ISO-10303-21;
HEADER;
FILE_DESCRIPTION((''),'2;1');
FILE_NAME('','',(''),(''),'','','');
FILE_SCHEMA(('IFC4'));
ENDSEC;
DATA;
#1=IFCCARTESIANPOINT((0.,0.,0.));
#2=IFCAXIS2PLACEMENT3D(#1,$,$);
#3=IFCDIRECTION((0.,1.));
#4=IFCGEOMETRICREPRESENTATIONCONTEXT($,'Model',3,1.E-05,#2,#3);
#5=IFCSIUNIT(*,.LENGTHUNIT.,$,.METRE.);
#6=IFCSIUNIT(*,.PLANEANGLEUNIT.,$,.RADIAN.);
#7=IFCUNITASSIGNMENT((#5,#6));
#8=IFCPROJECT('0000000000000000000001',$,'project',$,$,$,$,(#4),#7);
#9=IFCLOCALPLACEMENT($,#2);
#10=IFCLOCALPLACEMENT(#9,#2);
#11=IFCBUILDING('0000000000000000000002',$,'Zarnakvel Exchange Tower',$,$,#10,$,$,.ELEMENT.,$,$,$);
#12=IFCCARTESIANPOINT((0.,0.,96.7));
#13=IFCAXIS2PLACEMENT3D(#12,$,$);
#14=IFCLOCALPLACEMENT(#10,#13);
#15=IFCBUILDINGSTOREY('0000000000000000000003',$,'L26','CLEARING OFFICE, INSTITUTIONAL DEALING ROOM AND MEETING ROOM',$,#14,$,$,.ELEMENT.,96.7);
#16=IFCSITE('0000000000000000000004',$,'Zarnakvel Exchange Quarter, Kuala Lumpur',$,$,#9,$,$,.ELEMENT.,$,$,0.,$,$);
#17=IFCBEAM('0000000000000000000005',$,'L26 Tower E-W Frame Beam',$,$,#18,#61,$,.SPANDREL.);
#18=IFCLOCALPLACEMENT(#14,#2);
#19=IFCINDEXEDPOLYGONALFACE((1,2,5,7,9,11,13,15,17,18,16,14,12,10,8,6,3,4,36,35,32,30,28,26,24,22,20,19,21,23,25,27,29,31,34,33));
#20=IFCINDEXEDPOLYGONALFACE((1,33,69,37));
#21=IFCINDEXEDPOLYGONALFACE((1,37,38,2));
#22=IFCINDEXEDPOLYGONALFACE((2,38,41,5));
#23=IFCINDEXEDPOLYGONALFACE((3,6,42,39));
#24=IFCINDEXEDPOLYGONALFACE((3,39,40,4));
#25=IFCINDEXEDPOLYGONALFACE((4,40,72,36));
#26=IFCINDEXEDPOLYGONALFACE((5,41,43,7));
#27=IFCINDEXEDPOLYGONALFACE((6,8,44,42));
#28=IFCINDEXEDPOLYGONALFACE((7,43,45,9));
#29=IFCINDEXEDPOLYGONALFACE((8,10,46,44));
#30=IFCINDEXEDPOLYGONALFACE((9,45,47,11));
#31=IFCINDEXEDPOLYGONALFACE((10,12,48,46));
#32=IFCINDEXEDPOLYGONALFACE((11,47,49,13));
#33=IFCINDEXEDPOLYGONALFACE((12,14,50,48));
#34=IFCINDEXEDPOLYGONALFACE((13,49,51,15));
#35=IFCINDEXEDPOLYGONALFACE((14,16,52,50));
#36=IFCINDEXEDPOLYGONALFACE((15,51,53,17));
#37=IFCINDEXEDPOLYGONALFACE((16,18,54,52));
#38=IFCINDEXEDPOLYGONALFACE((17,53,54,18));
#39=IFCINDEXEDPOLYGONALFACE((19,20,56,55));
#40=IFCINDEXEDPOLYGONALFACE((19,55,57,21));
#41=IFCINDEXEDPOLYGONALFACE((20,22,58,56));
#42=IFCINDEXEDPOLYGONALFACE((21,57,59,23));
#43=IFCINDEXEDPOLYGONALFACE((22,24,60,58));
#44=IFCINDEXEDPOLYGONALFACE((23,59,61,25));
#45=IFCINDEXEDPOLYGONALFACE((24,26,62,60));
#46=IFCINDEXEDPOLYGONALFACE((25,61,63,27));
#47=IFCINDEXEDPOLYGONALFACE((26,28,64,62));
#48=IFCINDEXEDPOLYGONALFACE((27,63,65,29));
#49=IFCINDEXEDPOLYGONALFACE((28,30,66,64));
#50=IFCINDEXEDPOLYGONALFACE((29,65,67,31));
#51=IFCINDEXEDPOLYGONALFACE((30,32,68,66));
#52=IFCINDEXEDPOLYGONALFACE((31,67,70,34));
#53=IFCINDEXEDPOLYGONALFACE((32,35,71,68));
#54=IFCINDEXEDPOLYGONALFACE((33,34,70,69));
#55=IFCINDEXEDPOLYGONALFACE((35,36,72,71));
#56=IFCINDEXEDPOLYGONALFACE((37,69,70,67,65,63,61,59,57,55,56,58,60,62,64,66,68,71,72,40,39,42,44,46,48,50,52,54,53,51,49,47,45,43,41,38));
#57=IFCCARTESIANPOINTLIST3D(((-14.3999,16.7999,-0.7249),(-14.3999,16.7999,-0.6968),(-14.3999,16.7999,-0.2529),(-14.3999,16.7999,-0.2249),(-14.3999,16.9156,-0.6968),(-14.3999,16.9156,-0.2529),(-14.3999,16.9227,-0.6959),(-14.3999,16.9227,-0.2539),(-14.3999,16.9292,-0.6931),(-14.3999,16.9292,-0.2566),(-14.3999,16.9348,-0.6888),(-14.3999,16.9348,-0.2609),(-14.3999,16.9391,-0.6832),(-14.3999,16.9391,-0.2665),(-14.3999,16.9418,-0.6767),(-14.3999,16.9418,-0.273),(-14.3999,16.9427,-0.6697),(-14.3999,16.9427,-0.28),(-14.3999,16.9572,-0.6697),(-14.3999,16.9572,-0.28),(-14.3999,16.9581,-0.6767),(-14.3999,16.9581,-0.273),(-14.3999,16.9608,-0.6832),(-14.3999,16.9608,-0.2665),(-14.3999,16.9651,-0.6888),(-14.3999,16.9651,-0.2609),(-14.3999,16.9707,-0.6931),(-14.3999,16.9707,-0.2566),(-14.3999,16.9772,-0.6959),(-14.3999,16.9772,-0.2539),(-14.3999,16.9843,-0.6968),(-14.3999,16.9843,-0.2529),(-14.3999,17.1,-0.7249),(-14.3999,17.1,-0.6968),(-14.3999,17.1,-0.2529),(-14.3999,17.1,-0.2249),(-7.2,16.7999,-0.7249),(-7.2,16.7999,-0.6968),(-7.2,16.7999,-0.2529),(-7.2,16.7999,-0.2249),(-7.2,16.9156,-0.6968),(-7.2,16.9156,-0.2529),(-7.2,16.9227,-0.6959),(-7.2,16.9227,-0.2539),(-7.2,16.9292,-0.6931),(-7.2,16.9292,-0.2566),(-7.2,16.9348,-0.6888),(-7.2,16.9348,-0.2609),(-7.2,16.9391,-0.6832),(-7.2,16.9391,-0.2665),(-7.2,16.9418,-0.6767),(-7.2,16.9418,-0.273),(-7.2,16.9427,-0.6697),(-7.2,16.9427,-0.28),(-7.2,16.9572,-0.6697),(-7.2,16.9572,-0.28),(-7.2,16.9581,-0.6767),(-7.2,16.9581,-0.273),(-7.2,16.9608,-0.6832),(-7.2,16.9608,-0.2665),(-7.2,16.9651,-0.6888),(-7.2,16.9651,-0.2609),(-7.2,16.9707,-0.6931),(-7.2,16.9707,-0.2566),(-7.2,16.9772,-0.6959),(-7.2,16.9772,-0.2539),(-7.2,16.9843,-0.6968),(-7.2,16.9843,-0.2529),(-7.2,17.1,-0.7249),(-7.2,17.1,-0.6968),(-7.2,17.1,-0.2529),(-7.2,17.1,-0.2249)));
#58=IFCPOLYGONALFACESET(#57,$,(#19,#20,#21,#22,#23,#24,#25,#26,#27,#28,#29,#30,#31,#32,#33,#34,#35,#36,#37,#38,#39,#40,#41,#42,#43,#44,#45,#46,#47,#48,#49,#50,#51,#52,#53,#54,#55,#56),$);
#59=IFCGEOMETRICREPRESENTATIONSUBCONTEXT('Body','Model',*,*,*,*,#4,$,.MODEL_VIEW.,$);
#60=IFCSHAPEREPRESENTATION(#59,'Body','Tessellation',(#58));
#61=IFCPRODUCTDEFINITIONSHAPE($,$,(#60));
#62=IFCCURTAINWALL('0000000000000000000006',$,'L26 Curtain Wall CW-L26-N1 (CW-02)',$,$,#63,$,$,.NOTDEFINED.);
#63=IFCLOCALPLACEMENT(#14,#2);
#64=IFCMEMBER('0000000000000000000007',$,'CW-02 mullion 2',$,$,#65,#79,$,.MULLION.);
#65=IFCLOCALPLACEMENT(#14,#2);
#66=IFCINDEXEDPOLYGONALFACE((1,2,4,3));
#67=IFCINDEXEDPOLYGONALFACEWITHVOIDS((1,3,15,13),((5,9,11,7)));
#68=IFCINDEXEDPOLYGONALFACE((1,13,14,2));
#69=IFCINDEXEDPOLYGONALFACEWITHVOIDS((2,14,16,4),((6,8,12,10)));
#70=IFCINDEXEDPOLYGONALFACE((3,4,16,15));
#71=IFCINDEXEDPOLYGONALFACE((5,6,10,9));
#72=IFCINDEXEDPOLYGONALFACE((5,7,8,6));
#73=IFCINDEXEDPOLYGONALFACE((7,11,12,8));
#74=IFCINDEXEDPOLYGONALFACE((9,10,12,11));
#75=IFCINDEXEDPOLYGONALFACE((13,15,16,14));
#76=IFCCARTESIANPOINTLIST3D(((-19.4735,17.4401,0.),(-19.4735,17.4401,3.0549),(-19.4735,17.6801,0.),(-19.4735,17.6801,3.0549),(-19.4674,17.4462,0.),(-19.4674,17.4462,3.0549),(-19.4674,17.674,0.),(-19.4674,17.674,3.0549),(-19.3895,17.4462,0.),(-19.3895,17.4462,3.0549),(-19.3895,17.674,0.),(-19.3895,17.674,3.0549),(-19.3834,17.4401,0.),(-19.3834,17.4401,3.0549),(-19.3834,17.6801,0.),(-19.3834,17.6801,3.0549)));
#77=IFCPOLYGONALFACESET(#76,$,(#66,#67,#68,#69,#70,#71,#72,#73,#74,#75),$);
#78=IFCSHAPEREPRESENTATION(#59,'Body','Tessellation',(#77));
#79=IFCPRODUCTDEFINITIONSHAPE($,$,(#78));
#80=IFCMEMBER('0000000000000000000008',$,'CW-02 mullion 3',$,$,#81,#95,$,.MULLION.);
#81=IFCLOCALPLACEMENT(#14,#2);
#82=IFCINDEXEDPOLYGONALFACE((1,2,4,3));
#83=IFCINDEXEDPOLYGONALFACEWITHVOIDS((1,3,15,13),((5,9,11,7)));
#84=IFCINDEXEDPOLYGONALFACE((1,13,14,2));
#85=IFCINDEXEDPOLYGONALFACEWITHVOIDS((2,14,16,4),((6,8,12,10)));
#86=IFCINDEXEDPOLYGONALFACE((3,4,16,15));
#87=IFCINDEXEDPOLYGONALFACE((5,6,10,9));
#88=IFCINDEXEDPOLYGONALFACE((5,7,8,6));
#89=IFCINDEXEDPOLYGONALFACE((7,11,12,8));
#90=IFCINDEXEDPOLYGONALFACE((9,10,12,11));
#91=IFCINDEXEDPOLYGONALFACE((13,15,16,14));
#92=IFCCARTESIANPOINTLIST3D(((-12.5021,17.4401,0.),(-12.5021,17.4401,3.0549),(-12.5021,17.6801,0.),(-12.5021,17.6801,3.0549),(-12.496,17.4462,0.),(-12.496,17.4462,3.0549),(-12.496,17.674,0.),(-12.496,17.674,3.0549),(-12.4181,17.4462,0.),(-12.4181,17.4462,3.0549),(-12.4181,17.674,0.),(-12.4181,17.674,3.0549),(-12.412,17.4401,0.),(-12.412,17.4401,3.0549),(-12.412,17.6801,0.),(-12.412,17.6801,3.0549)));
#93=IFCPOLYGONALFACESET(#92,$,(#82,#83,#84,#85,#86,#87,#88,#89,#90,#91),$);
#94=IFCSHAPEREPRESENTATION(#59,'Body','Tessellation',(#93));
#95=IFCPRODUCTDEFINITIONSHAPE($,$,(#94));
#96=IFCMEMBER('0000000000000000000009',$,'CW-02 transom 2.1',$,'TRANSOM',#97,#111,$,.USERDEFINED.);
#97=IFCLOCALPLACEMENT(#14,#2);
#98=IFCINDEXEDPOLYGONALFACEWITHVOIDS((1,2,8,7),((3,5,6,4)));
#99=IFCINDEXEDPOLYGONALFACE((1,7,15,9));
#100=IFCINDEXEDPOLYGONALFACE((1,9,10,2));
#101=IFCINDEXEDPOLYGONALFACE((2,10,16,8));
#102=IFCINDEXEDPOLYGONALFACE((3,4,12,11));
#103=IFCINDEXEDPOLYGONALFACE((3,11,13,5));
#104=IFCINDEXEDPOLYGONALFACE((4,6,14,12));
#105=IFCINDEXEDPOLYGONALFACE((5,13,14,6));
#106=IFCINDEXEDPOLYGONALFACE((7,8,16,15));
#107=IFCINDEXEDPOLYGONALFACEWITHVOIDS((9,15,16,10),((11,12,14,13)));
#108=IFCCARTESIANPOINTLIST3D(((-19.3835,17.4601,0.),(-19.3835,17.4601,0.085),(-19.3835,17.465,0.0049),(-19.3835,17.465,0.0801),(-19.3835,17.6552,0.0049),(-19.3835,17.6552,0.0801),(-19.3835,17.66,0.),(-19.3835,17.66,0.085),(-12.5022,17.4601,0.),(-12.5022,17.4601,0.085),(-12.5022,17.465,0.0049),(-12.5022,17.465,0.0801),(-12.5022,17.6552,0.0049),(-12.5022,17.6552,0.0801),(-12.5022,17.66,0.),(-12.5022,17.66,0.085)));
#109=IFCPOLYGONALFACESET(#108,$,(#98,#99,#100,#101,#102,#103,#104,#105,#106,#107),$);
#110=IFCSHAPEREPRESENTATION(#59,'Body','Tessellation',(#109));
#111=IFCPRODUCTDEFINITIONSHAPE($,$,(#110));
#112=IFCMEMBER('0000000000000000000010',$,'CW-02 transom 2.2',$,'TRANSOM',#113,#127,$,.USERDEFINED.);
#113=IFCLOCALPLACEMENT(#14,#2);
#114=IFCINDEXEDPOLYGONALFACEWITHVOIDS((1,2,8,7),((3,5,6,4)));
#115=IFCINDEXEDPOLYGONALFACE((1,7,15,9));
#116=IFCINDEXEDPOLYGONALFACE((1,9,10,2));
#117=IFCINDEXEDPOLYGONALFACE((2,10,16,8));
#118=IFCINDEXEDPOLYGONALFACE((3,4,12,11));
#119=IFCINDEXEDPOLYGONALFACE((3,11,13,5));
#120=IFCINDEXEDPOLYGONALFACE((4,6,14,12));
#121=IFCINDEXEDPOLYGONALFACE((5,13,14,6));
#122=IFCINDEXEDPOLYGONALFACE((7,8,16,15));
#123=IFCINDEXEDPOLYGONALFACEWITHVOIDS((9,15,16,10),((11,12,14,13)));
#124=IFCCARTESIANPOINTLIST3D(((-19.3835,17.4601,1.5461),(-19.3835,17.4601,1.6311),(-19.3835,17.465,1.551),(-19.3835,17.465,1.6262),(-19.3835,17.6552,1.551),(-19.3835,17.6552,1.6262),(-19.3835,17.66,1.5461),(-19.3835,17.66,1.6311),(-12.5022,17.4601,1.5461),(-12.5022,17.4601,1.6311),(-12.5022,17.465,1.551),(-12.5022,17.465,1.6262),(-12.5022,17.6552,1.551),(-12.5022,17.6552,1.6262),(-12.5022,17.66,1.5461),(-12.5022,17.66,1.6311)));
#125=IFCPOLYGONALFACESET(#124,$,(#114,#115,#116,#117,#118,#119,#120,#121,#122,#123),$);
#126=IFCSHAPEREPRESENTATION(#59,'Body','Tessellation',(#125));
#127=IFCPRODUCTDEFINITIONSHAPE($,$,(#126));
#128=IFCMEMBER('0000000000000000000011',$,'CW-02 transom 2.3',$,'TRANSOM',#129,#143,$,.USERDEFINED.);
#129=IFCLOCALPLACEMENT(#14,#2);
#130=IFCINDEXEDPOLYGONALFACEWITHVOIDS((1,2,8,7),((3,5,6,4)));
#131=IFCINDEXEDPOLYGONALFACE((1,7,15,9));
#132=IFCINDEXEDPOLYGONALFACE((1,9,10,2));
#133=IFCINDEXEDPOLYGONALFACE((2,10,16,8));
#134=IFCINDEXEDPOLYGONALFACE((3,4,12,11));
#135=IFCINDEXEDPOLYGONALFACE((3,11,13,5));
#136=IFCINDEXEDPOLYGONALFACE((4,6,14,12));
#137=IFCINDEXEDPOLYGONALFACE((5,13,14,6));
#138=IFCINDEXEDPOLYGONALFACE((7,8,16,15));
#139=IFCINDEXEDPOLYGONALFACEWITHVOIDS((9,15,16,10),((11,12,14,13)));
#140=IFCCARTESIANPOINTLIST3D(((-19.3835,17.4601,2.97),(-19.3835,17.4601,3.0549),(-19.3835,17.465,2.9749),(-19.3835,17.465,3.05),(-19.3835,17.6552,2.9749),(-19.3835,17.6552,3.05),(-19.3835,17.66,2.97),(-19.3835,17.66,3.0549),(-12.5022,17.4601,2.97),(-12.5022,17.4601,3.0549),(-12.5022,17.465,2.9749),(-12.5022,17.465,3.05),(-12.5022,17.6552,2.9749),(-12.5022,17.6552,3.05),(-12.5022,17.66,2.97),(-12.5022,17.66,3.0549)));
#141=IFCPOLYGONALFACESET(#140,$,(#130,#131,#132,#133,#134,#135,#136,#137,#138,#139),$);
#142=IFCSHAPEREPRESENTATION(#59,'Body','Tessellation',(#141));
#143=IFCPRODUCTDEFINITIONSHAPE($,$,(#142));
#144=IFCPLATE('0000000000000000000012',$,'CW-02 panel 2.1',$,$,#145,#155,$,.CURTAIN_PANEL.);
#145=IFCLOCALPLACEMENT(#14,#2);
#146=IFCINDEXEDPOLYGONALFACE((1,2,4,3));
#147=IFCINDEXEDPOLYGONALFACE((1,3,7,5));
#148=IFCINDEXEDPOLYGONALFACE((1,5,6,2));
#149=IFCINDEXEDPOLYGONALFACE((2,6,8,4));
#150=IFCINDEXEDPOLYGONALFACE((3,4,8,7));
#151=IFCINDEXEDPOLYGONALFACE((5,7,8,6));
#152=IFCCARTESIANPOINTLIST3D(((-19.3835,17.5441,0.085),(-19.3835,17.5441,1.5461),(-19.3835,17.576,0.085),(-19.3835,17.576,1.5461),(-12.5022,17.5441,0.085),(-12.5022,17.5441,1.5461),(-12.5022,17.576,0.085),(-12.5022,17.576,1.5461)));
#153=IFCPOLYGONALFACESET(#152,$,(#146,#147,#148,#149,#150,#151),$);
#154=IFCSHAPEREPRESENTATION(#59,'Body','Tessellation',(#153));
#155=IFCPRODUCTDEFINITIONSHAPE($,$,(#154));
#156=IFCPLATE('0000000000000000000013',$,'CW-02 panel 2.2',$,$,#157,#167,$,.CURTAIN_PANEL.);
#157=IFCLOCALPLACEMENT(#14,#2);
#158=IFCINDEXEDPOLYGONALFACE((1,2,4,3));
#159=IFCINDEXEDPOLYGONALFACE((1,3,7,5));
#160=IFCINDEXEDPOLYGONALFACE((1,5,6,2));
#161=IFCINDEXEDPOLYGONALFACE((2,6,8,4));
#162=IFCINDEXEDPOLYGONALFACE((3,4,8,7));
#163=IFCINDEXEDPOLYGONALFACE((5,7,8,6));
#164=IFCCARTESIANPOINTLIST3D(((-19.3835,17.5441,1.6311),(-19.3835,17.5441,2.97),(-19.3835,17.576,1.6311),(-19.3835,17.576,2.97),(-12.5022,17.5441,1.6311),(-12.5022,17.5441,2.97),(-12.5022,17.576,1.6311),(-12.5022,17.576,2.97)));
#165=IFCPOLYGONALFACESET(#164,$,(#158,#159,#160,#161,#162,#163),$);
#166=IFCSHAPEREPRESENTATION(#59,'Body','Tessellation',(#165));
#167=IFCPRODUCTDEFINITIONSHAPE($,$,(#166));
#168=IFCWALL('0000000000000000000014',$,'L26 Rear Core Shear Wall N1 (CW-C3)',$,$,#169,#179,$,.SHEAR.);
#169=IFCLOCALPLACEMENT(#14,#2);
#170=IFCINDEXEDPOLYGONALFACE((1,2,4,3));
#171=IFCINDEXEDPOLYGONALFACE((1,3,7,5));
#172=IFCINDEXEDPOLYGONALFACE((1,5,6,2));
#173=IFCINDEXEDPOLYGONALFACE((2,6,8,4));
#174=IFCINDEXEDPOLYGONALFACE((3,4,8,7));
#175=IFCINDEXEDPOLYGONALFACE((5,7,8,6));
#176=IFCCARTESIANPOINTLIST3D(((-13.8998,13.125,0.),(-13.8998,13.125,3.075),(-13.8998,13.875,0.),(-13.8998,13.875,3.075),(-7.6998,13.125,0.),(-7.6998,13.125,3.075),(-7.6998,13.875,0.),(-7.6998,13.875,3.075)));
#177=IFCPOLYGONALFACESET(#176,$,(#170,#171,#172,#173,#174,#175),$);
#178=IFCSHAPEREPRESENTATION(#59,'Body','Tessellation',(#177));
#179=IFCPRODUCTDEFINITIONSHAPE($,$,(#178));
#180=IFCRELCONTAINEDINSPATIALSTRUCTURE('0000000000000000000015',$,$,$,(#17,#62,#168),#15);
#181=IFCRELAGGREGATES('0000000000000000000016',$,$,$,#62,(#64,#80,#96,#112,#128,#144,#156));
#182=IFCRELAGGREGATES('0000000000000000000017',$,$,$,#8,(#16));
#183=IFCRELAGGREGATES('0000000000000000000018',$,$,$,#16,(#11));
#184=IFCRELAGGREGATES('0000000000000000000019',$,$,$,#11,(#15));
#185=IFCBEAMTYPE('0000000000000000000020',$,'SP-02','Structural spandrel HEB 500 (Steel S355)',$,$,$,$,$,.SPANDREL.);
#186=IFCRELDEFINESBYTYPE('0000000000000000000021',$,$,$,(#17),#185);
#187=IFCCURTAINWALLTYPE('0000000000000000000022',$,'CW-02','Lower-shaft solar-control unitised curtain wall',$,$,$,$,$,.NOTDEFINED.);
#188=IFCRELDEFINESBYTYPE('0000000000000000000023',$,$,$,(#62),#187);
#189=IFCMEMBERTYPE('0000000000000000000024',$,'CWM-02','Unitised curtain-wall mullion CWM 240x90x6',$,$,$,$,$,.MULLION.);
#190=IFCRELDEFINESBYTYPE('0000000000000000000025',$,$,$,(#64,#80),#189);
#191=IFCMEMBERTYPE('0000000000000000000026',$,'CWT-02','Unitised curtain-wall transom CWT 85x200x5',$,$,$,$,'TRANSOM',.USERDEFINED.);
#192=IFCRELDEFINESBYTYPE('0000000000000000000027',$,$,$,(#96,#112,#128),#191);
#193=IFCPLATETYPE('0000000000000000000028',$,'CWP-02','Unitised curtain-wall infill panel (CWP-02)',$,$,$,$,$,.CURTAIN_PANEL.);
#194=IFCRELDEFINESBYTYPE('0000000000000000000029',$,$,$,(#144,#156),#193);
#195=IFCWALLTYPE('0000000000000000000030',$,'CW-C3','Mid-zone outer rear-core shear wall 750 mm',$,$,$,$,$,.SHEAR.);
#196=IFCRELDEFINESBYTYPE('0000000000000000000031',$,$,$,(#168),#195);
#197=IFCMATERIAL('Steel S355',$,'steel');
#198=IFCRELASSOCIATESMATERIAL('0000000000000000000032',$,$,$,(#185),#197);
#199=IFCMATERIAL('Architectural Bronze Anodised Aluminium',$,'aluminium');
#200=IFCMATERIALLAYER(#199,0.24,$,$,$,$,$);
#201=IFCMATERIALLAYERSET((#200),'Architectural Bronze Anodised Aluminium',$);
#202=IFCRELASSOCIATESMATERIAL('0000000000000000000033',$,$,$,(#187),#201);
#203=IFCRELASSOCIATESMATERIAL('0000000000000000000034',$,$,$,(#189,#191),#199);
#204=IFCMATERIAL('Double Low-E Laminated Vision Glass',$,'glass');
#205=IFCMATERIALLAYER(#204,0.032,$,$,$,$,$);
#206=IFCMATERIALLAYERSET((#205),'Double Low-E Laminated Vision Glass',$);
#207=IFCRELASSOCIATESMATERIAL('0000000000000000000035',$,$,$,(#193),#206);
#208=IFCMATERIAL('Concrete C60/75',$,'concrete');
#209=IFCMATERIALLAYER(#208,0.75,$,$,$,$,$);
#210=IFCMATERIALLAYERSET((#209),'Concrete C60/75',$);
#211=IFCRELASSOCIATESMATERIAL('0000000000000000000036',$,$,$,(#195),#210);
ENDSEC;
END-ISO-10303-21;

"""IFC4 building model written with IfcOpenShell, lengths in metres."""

from ifc_helpers import new_model, si_unit, direction, frame, frame_2d, origin, origin_2d, place, context, subcontext, project, spatial, rectangle, hollow_rectangle, i_section, extrude, source, transform, mapped, material, layer, layer_set, material_profile, profile_set, type_object, element, aggregate, save


model = new_model("IFC4")

# Units and contexts
model_context = context("Model", 3, precision=1e-05, world=origin(), true_north=direction((0.0, 1.0)))
body_context = subcontext(model_context, "Body", "Model", "MODEL_VIEW")
ifc_project = project(units=[si_unit("LENGTHUNIT", "METRE"), si_unit("PLANEANGLEUNIT", "RADIAN")], contexts=[model_context])

# Site, building, storey
site_placement = place(None, origin())
site = spatial("IfcSite", under=ifc_project, at=site_placement, Name="Zarnakvel Exchange Quarter, Kuala Lumpur", CompositionType="ELEMENT", RefElevation=0.0)
building_placement = place(site_placement, origin())
building = spatial("IfcBuilding", under=site, at=building_placement, Name="Zarnakvel Exchange Tower", CompositionType="ELEMENT")
storey_placement = place(building_placement, frame((0.0, 0.0, 96.7)))
storey = spatial("IfcBuildingStorey", under=building, at=storey_placement, Name="L26", Description="CLEARING OFFICE, INSTITUTIONAL DEALING ROOM AND MEETING ROOM", CompositionType="ELEMENT", Elevation=96.7)

# Shared definitions
ifc_material_1 = material(Name="Concrete C60/75", Category="concrete")

# Beam
ifc_material_2 = material(Name="Steel S355", Category="steel")
ifc_material_profile_1 = material_profile(ifc_material_2, i_section(OverallWidth=0.3, OverallDepth=0.5, WebThickness=0.0144, FlangeThickness=0.0281, FilletRadius=0.0271, at=origin_2d()))
ifc_profile_set_1 = profile_set([ifc_material_profile_1], Name="Steel S355")
beam_type_1 = type_object("IfcBeamType", Name="SP-02", Description="Structural spandrel HEB 500 (Steel S355)", PredefinedType="SPANDREL", material=ifc_profile_set_1)
beam_1_placement = place(storey_placement, frame((-14.3999, 16.95, -0.4749), z_axis=(1.0, 0.0, 0.0), x_axis=(0.0, 1.0, 0.0)))
element("IfcBeam", 1, at=beam_1_placement, inside=storey, type_object=beam_type_1, Name="L26 Tower E-W Frame Beam", PredefinedType="SPANDREL", context=body_context, shape_type="SweptSolid", body=[
    extrude(i_section(OverallWidth=0.3, OverallDepth=0.5, WebThickness=0.0144, FlangeThickness=0.0281, FilletRadius=0.0271, at=origin_2d()), origin(), (0.0, 0.0, 1.0), 7.2),
])

# Curtain wall, members, plates
ifc_material_3 = material(Name="Architectural Bronze Anodised Aluminium", Category="aluminium")
ifc_layer_1 = layer(ifc_material_3, 0.24)
ifc_layer_set_1 = layer_set([ifc_layer_1], Name="Architectural Bronze Anodised Aluminium")
curtain_wall_type = type_object("IfcCurtainWallType", Name="CW-02", Description="Lower-shaft solar-control unitised curtain wall", PredefinedType="NOTDEFINED", material=ifc_layer_set_1)
curtain_wall_placement = place(storey_placement, origin())
curtain_wall = element("IfcCurtainWall", 2, at=curtain_wall_placement, inside=storey, type_object=curtain_wall_type, Name="L26 Curtain Wall CW-L26-N1 (CW-02)", PredefinedType="NOTDEFINED")
ifc_material_profile_2 = material_profile(ifc_material_3, hollow_rectangle(XDim=0.24, YDim=0.0901, WallThickness=0.0061, at=origin_2d()))
ifc_profile_set_2 = profile_set([ifc_material_profile_2], Name="Architectural Bronze Anodised Aluminium")
member_type_1 = type_object("IfcMemberType", Name="CWM-02", Description="Unitised curtain-wall mullion CWM 240x90x6", PredefinedType="MULLION", material=ifc_profile_set_2)
shared_shape_1 = source(origin(), body_context, "Body", "SweptSolid", [
    extrude(hollow_rectangle(XDim=0.24, YDim=0.0901, WallThickness=0.0061, at=origin_2d()), origin(), (0.0, 0.0, 1.0), 3.0549),
])
member_1_placement = place(storey_placement, frame((-19.4285, 17.5601, 0.0), z_axis=(0.0, 0.0, 1.0), x_axis=(0.0, 1.0, 0.0)))
member_1 = element("IfcMember", 3, at=member_1_placement, type_object=member_type_1, Name="CW-02 mullion 2", PredefinedType="MULLION", context=body_context, shape_type="MappedRepresentation", body=[
    mapped(shared_shape_1, transform((0.0, 0.0, 0.0), x_axis=(1.0, 0.0, 0.0), y_axis=(0.0, 1.0, 0.0), z_axis=(0.0, 0.0, 1.0), scale=1.0)),
])
member_2_placement = place(storey_placement, frame((-12.457, 17.5601, 0.0), z_axis=(0.0, 0.0, 1.0), x_axis=(0.0, 1.0, 0.0)))
member_2 = element("IfcMember", 4, at=member_2_placement, type_object=member_type_1, Name="CW-02 mullion 3", PredefinedType="MULLION", context=body_context, shape_type="MappedRepresentation", body=[
    mapped(shared_shape_1, transform((0.0, 0.0, 0.0), x_axis=(1.0, 0.0, 0.0), y_axis=(0.0, 1.0, 0.0), z_axis=(0.0, 0.0, 1.0), scale=1.0)),
])
ifc_material_profile_3 = material_profile(ifc_material_3, hollow_rectangle(XDim=0.2, YDim=0.085, WallThickness=0.0049, at=origin_2d()))
ifc_profile_set_3 = profile_set([ifc_material_profile_3], Name="Architectural Bronze Anodised Aluminium")
member_type_2 = type_object("IfcMemberType", Name="CWT-02", Description="Unitised curtain-wall transom CWT 85x200x5", ElementType="TRANSOM", PredefinedType="USERDEFINED", material=ifc_profile_set_3)
shared_shape_2 = source(origin(), body_context, "Body", "SweptSolid", [
    extrude(hollow_rectangle(XDim=0.2, YDim=0.085, WallThickness=0.0049, at=origin_2d()), origin(), (0.0, 0.0, 1.0), 6.8813),
])
member_3_placement = place(storey_placement, frame((-19.3835, 17.5601, 0.0425), z_axis=(1.0, 0.0, 0.0), x_axis=(0.0, 1.0, 0.0)))
member_3 = element("IfcMember", 5, at=member_3_placement, type_object=member_type_2, Name="CW-02 transom 2.1", ObjectType="TRANSOM", PredefinedType="USERDEFINED", context=body_context, shape_type="MappedRepresentation", body=[
    mapped(shared_shape_2, transform((0.0, 0.0, 0.0), x_axis=(1.0, 0.0, 0.0), y_axis=(0.0, 1.0, 0.0), z_axis=(0.0, 0.0, 1.0), scale=1.0)),
])
member_4_placement = place(storey_placement, frame((-19.3835, 17.5601, 1.5886), z_axis=(1.0, 0.0, 0.0), x_axis=(0.0, 1.0, 0.0)))
member_4 = element("IfcMember", 6, at=member_4_placement, type_object=member_type_2, Name="CW-02 transom 2.2", ObjectType="TRANSOM", PredefinedType="USERDEFINED", context=body_context, shape_type="MappedRepresentation", body=[
    mapped(shared_shape_2, transform((0.0, 0.0, 0.0), x_axis=(1.0, 0.0, 0.0), y_axis=(0.0, 1.0, 0.0), z_axis=(0.0, 0.0, 1.0), scale=1.0)),
])
member_5_placement = place(storey_placement, frame((-19.3835, 17.5601, 3.0125), z_axis=(1.0, 0.0, 0.0), x_axis=(0.0, 1.0, 0.0)))
member_5 = element("IfcMember", 7, at=member_5_placement, type_object=member_type_2, Name="CW-02 transom 2.3", ObjectType="TRANSOM", PredefinedType="USERDEFINED", context=body_context, shape_type="MappedRepresentation", body=[
    mapped(shared_shape_2, transform((0.0, 0.0, 0.0), x_axis=(1.0, 0.0, 0.0), y_axis=(0.0, 1.0, 0.0), z_axis=(0.0, 0.0, 1.0), scale=1.0)),
])
ifc_material_4 = material(Name="Double Low-E Laminated Vision Glass", Category="glass")
ifc_layer_2 = layer(ifc_material_4, 0.032)
ifc_layer_set_2 = layer_set([ifc_layer_2], Name="Double Low-E Laminated Vision Glass")
plate_type = type_object("IfcPlateType", Name="CWP-02", Description="Unitised curtain-wall infill panel (CWP-02)", PredefinedType="CURTAIN_PANEL", material=ifc_layer_set_2)
shared_shape_3 = source(origin(), body_context, "Body", "SweptSolid", [
    extrude(rectangle(XDim=6.8813, YDim=0.032, at=origin_2d()), origin(), (0.0, 0.0, 1.0), 1.4612),
])
plate_1_placement = place(storey_placement, frame((-15.9429, 17.5601, 0.085), z_axis=(0.0, 0.0, 1.0), x_axis=(1.0, 0.0, 0.0)))
plate_1 = element("IfcPlate", 8, at=plate_1_placement, type_object=plate_type, Name="CW-02 panel 2.1", PredefinedType="CURTAIN_PANEL", context=body_context, shape_type="MappedRepresentation", body=[
    mapped(shared_shape_3, transform((0.0, 0.0, 0.0), x_axis=(1.0, 0.0, 0.0), y_axis=(0.0, 1.0, 0.0), z_axis=(0.0, 0.0, 1.0), scale=1.0)),
])
shared_shape_4 = source(origin(), body_context, "Body", "SweptSolid", [
    extrude(rectangle(XDim=6.8813, YDim=0.032, at=origin_2d()), origin(), (0.0, 0.0, 1.0), 1.3389),
])
plate_2_placement = place(storey_placement, frame((-15.9429, 17.5601, 1.6311), z_axis=(0.0, 0.0, 1.0), x_axis=(1.0, 0.0, 0.0)))
plate_2 = element("IfcPlate", 9, at=plate_2_placement, type_object=plate_type, Name="CW-02 panel 2.2", PredefinedType="CURTAIN_PANEL", context=body_context, shape_type="MappedRepresentation", body=[
    mapped(shared_shape_4, transform((0.0, 0.0, 0.0), x_axis=(1.0, 0.0, 0.0), y_axis=(0.0, 1.0, 0.0), z_axis=(0.0, 0.0, 1.0), scale=1.0)),
])
aggregate(curtain_wall, [member_1, member_2, member_3, member_4, member_5, plate_1, plate_2])

# Wall
ifc_layer_3 = layer(ifc_material_1, 0.75)
ifc_layer_set_3 = layer_set([ifc_layer_3], Name="Concrete C60/75")
wall_type_1 = type_object("IfcWallType", Name="CW-C3", Description="Mid-zone outer rear-core shear wall 750 mm", PredefinedType="SHEAR", material=ifc_layer_set_3)
wall_1_placement = place(storey_placement, frame((-13.8999, 13.5, 0.0), z_axis=(0.0, 0.0, 1.0), x_axis=(1.0, 0.0, 0.0)))
element("IfcWall", 10, at=wall_1_placement, inside=storey, type_object=wall_type_1, Name="L26 Rear Core Shear Wall N1 (CW-C3)", PredefinedType="SHEAR", context=body_context, shape_type="SweptSolid", body=[
    extrude(rectangle(XDim=6.2, YDim=0.75, at=frame_2d((3.1001, 0.0))), origin(), (0.0, 0.0, 1.0), 3.075),
])

save(model, "model.ifc")
